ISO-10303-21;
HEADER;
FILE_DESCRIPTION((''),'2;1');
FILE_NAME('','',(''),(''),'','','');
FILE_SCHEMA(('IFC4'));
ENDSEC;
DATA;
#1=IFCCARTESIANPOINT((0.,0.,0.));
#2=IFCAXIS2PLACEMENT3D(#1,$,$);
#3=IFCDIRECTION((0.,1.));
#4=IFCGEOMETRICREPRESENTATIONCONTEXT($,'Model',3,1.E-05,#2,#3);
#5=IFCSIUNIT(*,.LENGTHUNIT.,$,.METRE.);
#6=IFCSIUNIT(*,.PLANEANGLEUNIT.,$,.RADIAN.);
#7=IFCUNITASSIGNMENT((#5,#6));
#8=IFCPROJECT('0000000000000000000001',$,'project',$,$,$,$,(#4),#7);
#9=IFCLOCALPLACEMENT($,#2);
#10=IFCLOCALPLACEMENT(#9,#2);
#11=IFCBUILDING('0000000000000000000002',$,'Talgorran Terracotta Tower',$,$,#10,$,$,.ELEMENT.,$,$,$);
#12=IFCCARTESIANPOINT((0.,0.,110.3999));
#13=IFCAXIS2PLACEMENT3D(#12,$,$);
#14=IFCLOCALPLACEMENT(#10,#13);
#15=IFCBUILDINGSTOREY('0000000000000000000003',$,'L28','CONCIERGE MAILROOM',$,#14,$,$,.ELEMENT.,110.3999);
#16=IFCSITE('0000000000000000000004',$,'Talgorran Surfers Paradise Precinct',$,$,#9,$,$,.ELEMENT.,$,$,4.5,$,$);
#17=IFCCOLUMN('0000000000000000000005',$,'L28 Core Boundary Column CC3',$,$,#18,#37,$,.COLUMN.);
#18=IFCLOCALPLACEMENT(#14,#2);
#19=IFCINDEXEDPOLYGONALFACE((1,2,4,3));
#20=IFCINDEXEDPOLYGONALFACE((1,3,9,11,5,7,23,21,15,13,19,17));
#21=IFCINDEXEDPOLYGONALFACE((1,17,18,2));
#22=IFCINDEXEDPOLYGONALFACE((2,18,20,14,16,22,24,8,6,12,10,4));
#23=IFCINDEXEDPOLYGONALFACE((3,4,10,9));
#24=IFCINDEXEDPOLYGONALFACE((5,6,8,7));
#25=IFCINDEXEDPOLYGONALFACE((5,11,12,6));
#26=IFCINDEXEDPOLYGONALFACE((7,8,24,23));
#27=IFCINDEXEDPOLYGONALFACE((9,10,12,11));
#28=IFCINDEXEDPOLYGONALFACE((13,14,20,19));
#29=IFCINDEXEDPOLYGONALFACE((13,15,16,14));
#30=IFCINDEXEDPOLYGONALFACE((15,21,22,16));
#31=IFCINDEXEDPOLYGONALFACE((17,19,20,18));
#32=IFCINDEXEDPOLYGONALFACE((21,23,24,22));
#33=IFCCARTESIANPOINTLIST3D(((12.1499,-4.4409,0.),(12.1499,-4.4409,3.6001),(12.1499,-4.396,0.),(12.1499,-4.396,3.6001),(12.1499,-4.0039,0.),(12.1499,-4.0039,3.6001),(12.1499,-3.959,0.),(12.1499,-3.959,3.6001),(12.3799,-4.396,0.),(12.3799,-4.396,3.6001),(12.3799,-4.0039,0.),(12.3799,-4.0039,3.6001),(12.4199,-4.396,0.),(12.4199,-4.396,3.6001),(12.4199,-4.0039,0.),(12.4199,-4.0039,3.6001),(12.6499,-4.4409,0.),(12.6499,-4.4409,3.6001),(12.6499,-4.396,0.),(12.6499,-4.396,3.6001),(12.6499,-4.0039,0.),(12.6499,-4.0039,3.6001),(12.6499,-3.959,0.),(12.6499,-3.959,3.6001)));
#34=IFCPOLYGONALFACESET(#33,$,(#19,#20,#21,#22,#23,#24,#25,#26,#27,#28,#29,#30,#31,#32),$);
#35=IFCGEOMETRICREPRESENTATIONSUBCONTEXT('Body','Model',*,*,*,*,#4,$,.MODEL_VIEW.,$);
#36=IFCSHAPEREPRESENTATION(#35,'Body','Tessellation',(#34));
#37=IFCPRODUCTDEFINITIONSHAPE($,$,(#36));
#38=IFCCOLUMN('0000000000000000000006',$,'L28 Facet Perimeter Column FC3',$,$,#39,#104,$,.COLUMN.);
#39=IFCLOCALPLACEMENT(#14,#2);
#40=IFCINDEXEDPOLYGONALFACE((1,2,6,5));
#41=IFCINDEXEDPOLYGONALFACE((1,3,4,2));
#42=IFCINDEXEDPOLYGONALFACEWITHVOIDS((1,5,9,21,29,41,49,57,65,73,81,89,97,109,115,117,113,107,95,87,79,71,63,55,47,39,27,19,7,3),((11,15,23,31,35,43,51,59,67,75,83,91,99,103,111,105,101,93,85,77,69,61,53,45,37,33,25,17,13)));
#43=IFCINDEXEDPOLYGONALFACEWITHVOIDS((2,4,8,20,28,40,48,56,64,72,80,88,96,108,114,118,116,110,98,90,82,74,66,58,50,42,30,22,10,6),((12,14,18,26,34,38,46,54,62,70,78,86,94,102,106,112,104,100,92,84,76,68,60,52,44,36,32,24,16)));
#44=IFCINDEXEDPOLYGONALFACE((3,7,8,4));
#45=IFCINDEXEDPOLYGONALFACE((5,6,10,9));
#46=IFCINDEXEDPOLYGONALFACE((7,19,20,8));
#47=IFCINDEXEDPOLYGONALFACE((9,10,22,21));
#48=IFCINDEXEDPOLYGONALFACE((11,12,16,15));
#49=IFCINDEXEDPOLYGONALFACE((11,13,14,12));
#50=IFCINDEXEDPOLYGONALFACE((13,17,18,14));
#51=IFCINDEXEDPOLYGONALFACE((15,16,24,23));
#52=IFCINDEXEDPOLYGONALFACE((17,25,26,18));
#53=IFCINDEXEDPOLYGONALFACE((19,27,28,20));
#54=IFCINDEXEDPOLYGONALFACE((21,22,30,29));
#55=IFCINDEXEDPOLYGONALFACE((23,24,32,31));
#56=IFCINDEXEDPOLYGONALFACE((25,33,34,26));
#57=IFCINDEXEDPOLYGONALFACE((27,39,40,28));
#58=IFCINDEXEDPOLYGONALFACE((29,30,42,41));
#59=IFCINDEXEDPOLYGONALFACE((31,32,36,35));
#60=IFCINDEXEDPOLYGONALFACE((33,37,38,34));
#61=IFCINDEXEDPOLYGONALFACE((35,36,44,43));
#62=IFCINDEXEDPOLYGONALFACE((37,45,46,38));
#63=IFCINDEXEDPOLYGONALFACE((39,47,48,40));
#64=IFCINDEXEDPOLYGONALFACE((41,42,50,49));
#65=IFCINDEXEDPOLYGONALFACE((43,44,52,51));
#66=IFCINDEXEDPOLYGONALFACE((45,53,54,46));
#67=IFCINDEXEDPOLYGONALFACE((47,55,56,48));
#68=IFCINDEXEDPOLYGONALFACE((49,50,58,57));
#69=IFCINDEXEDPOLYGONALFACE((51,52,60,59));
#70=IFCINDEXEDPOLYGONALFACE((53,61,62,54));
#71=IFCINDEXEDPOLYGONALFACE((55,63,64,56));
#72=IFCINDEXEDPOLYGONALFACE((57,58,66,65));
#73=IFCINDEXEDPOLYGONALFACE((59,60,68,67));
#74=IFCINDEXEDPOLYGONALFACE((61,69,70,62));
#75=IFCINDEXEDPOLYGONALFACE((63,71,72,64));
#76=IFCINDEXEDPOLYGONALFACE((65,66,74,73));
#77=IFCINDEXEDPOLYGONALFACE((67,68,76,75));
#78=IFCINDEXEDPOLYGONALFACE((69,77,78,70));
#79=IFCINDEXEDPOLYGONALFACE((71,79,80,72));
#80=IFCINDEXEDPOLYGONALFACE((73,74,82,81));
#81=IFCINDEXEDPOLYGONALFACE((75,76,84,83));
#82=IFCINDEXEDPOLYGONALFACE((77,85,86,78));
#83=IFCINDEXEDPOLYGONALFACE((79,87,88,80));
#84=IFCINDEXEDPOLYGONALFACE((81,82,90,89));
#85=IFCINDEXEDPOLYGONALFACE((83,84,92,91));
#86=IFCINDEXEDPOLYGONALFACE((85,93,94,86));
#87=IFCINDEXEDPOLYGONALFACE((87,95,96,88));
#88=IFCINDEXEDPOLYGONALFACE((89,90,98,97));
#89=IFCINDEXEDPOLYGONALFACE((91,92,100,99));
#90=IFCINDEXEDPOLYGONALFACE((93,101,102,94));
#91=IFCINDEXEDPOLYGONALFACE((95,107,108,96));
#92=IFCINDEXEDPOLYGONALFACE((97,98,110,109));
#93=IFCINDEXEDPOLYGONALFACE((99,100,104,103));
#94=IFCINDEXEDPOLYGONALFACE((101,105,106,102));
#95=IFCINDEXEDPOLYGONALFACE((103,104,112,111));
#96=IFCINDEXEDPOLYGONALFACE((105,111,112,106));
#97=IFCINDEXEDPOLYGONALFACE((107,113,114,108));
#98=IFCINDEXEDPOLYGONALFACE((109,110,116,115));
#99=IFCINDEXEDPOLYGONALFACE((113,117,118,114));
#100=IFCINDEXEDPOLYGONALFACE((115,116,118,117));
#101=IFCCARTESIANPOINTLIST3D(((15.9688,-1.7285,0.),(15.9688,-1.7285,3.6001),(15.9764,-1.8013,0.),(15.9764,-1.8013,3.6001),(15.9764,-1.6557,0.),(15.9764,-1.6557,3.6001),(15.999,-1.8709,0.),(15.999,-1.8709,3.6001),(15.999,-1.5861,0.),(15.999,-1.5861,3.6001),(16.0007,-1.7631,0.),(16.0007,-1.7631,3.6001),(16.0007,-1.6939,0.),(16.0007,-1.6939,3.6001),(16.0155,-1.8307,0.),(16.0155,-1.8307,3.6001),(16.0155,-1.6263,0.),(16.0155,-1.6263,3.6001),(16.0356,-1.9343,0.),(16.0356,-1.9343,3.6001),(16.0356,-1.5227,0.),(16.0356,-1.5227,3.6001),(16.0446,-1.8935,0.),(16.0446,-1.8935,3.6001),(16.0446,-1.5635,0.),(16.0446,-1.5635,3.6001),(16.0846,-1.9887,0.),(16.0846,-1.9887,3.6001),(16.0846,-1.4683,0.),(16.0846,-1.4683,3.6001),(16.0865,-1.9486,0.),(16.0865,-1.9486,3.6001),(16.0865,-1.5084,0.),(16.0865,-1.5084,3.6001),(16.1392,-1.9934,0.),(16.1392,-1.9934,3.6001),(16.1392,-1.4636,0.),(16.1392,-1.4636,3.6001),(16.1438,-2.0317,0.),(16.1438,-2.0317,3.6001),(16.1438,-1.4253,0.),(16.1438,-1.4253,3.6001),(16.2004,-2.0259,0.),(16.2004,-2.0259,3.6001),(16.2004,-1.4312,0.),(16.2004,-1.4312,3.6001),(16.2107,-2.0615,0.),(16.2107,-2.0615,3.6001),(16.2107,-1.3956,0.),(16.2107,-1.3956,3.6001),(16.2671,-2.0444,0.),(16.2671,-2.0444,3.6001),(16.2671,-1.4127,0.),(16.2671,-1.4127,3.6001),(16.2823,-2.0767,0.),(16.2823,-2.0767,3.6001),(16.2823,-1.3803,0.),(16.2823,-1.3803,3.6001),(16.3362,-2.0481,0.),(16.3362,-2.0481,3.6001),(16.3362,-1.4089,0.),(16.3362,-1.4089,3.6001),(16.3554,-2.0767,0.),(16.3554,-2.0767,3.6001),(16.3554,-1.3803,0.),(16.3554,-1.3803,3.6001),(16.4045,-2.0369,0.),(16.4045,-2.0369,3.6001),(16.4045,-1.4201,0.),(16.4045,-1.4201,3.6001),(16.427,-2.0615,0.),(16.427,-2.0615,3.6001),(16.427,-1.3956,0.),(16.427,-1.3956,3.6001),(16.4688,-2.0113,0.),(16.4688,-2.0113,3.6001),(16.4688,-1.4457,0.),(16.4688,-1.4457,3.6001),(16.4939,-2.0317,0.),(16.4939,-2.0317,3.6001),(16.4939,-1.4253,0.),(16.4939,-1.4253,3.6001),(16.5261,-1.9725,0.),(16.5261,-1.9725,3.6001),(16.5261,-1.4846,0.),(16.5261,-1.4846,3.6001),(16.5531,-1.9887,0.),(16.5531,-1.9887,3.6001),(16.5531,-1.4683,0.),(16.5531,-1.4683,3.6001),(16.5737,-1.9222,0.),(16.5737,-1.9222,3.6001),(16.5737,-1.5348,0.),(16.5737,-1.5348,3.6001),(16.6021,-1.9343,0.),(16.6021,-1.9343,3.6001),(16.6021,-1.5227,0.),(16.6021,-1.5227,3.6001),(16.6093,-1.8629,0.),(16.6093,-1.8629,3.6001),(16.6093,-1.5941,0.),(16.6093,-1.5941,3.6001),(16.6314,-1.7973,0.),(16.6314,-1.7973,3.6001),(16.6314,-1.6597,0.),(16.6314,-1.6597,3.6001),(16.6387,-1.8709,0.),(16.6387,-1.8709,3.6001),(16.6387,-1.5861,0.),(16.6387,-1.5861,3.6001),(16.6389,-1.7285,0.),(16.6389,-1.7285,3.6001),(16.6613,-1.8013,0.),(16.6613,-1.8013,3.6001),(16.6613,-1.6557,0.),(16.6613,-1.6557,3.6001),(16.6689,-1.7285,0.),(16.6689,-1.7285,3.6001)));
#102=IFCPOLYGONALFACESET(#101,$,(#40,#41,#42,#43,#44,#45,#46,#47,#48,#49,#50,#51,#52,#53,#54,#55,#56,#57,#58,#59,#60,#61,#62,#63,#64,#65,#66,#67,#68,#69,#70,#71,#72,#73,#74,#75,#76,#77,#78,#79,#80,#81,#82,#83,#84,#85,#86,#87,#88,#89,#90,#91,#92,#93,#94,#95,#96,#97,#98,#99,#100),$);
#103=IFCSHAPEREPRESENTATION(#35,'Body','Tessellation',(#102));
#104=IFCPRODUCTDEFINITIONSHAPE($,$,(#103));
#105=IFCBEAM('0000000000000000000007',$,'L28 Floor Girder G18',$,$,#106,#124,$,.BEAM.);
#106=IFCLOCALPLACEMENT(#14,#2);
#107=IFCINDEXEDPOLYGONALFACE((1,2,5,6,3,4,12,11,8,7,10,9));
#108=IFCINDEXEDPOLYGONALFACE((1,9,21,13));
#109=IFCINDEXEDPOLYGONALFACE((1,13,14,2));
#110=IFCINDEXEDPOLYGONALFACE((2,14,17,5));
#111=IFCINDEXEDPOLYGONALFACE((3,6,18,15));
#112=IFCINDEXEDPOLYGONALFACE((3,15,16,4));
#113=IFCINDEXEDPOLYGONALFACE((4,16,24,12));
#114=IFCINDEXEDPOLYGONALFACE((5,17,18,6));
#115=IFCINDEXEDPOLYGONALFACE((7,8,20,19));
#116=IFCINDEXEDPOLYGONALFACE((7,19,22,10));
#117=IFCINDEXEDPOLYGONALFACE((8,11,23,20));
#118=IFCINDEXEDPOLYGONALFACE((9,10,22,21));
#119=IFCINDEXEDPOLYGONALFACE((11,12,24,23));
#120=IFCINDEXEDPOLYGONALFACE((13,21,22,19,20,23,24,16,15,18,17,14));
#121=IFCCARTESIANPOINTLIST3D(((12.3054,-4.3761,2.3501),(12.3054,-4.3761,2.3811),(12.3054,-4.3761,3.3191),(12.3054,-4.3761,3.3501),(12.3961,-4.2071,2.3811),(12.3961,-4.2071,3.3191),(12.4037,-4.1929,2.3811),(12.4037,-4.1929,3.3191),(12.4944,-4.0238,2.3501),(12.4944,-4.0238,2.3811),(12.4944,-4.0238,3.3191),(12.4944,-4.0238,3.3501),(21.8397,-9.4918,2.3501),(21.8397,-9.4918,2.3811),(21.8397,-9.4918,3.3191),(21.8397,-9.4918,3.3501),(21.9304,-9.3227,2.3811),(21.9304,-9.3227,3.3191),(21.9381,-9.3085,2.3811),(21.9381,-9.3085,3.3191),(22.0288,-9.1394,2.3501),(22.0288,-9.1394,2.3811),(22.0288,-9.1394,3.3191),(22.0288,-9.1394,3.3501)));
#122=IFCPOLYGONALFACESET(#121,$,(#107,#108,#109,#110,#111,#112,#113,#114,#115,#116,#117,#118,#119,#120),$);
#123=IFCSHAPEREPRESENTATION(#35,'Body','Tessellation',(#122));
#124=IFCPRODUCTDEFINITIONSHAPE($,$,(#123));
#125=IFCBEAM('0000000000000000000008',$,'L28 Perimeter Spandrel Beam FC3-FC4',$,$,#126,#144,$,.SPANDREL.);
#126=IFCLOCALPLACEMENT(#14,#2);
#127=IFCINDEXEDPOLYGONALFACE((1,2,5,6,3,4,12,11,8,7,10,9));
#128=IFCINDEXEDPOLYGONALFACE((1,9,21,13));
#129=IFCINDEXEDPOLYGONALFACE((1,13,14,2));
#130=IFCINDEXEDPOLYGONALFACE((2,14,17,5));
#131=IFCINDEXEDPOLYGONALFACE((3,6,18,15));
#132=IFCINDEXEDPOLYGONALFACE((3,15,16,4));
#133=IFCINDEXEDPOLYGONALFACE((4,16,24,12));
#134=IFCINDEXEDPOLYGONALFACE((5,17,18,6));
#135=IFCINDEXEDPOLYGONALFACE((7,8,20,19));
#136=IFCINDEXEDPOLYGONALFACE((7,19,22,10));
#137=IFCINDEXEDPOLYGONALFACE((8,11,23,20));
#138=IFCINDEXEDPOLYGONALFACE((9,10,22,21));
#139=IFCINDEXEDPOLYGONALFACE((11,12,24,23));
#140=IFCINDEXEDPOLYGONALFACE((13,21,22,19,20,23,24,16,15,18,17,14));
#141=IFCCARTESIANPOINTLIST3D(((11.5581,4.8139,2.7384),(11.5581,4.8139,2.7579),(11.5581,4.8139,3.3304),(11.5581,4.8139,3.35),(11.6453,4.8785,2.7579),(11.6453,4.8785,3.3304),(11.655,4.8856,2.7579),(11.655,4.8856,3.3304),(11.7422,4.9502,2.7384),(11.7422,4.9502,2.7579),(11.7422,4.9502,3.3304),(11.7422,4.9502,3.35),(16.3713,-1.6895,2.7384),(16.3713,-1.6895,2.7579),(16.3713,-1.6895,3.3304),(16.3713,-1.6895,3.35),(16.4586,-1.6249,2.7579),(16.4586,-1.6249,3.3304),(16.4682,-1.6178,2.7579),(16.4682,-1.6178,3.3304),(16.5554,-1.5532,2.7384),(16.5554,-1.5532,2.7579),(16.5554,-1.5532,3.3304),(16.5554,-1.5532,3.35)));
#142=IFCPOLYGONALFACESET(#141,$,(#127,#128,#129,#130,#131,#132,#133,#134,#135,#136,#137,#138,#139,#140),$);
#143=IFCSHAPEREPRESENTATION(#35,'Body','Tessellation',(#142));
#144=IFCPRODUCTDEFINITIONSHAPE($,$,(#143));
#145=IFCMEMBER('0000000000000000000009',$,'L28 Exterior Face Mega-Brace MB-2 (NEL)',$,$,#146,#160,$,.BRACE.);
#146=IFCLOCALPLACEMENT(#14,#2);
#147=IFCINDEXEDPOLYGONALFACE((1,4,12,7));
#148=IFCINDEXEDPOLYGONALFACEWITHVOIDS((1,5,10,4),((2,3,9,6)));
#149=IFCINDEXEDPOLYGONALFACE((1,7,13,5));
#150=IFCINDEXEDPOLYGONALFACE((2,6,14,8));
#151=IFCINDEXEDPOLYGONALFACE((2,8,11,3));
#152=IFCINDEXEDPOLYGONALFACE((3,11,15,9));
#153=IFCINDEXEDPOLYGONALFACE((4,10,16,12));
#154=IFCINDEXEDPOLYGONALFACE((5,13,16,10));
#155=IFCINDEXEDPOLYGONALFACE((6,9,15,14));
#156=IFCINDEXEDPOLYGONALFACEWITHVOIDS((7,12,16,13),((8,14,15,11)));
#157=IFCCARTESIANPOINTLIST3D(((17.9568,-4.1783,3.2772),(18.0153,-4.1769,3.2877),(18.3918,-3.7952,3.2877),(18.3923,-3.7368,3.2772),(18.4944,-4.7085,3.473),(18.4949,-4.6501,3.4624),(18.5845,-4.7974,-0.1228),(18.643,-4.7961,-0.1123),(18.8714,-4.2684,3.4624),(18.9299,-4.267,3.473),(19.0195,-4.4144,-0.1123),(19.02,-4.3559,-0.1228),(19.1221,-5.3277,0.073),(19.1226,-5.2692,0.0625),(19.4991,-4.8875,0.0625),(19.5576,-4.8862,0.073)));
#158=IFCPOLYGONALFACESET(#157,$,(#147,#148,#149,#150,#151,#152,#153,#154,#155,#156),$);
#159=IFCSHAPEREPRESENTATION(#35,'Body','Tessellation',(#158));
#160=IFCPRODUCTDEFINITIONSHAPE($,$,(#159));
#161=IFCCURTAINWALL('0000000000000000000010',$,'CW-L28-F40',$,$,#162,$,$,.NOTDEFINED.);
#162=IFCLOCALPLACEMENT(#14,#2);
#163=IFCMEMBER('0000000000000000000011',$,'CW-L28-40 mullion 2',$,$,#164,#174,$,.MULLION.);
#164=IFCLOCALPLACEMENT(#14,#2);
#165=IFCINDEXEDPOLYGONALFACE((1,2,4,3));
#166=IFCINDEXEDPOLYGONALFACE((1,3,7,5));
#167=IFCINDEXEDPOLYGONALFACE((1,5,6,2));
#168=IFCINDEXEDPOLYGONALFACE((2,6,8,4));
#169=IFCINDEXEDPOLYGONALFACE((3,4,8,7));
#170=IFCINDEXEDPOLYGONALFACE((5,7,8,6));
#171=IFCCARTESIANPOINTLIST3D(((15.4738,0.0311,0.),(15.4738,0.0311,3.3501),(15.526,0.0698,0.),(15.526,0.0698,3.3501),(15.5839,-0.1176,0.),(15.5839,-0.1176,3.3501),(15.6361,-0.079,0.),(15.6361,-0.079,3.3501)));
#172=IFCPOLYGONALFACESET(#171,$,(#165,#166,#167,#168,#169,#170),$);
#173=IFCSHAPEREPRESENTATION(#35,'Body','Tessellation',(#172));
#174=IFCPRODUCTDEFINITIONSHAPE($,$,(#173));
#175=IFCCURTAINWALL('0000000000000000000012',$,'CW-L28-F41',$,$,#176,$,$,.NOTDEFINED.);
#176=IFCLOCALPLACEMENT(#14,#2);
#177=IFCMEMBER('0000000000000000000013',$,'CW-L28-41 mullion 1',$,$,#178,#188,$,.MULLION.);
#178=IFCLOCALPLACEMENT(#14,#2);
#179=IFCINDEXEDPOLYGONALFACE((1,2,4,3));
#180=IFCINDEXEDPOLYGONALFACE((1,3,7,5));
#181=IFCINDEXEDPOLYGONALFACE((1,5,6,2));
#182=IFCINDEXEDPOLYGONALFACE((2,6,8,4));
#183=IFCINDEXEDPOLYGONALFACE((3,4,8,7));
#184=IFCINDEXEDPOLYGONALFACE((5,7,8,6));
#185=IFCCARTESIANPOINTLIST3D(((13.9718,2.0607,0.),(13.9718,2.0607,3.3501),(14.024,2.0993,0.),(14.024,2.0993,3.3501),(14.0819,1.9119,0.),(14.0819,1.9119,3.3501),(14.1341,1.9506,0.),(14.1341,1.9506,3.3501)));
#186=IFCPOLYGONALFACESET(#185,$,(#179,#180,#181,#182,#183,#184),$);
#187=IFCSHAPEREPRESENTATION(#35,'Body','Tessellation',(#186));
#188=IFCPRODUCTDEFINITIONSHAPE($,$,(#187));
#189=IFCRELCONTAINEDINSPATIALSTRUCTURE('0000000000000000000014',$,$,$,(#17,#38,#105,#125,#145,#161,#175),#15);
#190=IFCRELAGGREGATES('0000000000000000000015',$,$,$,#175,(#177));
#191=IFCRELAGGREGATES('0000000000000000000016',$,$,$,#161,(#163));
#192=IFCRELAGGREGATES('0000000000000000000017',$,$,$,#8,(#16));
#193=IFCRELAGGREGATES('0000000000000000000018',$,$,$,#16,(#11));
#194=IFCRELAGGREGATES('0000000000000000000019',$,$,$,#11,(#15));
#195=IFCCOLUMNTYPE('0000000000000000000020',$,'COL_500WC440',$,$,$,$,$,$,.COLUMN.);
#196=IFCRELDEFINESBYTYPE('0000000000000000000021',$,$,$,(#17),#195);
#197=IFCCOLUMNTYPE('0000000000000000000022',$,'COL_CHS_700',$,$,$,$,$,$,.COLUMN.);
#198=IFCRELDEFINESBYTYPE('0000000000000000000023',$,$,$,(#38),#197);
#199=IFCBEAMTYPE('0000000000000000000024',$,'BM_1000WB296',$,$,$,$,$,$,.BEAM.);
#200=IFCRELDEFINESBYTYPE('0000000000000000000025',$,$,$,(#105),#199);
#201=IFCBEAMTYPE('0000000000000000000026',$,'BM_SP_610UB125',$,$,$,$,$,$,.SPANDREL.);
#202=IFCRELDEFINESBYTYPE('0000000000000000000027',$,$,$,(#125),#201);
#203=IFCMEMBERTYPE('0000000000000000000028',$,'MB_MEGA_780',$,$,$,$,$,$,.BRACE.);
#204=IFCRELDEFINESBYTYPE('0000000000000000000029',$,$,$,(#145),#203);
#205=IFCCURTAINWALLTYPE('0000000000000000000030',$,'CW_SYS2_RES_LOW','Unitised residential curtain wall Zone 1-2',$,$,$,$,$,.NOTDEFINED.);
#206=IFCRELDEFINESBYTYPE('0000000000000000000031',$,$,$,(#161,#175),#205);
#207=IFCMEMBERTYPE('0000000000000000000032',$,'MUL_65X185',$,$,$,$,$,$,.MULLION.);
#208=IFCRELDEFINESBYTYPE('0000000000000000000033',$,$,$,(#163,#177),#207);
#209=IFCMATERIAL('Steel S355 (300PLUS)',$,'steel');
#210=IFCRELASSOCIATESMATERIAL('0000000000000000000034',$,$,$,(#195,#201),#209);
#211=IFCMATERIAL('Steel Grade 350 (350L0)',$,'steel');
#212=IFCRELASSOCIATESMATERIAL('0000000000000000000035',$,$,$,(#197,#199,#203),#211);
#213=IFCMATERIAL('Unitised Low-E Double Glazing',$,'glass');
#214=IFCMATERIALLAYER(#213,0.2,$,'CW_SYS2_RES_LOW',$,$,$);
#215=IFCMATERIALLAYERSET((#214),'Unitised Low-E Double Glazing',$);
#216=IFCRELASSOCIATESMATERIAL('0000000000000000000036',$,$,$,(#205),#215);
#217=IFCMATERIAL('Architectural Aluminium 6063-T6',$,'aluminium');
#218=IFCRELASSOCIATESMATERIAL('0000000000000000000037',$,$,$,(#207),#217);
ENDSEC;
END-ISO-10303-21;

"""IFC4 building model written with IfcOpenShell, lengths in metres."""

from ifc_helpers import new_model, si_unit, direction, frame, origin, origin_2d, place, context, subcontext, project, spatial, rectangle, hollow_rectangle, hollow_circle, i_section, extrude, material, layer, layer_set, material_profile, profile_set, type_object, element, aggregate, save


model = new_model("IFC4")

# Units and contexts
model_context = context("Model", 3, precision=1e-05, world=origin(), true_north=direction((0.0, 1.0)))
body_context = subcontext(model_context, "Body", "Model", "MODEL_VIEW")
ifc_project = project(units=[si_unit("LENGTHUNIT", "METRE"), si_unit("PLANEANGLEUNIT", "RADIAN")], contexts=[model_context])

# Site, building, storey
site_placement = place(None, origin())
site = spatial("IfcSite", under=ifc_project, at=site_placement, Name="Talgorran Surfers Paradise Precinct", CompositionType="ELEMENT", RefElevation=4.5)
building_placement = place(site_placement, origin())
building = spatial("IfcBuilding", under=site, at=building_placement, Name="Talgorran Terracotta Tower", CompositionType="ELEMENT")
storey_placement = place(building_placement, frame((0.0, 0.0, 110.3999)))
storey = spatial("IfcBuildingStorey", under=building, at=storey_placement, Name="L28", Description="CONCIERGE MAILROOM", CompositionType="ELEMENT", Elevation=110.3999)

# Columns
ifc_material_1 = material(Name="Steel S355 (300PLUS)", Category="steel")
ifc_material_profile_1 = material_profile(ifc_material_1, i_section(OverallWidth=0.5, OverallDepth=0.4819, WebThickness=0.04, FlangeThickness=0.0449, at=origin_2d()), Name="500WC440")
ifc_profile_set_1 = profile_set([ifc_material_profile_1], Name="Steel S355 (300PLUS)")
column_type_1 = type_object("IfcColumnType", Name="COL_500WC440", PredefinedType="COLUMN", material=ifc_profile_set_1)
column_1_placement = place(storey_placement, frame((12.3999, -4.2, 0.0), z_axis=(0.0, 0.0, 1.0), x_axis=(1.0, 0.0, 0.0)))
element("IfcColumn", 1, at=column_1_placement, inside=storey, type_object=column_type_1, Name="L28 Core Boundary Column CC3", PredefinedType="COLUMN", context=body_context, shape_type="SweptSolid", body=[
    extrude(i_section(OverallWidth=0.5, OverallDepth=0.4819, WebThickness=0.04, FlangeThickness=0.0449, at=origin_2d()), origin(), (0.0, 0.0, 1.0), 3.6001),
])
ifc_material_2 = material(Name="Steel Grade 350 (350L0)", Category="steel")
ifc_material_profile_2 = material_profile(ifc_material_2, hollow_circle(Radius=0.3501, WallThickness=0.03, at=origin_2d()), Name="CHS700X30")
ifc_profile_set_2 = profile_set([ifc_material_profile_2], Name="Steel Grade 350 (350L0)")
column_type_2 = type_object("IfcColumnType", Name="COL_CHS_700", PredefinedType="COLUMN", material=ifc_profile_set_2)
column_2_placement = place(storey_placement, frame((16.3188, -1.7285, 0.0), z_axis=(0.0, 0.0, 1.0), x_axis=(1.0, 0.0, 0.0)))
element("IfcColumn", 2, at=column_2_placement, inside=storey, type_object=column_type_2, Name="L28 Facet Perimeter Column FC3", PredefinedType="COLUMN", context=body_context, shape_type="SweptSolid", body=[
    extrude(hollow_circle(Radius=0.3501, WallThickness=0.03, at=origin_2d()), origin(), (0.0, 0.0, 1.0), 3.6001),
])

# Beams
ifc_material_profile_3 = material_profile(ifc_material_2, i_section(OverallWidth=0.3999, OverallDepth=1.0, WebThickness=0.0161, FlangeThickness=0.031, at=origin_2d()), Name="1000WB296")
ifc_profile_set_3 = profile_set([ifc_material_profile_3], Name="Steel Grade 350 (350L0)")
beam_type_1 = type_object("IfcBeamType", Name="BM_1000WB296", PredefinedType="BEAM", material=ifc_profile_set_3)
beam_1_placement = place(storey_placement, frame((12.3999, -4.2, 2.8501), z_axis=(0.881172, -0.472795, 0.0), x_axis=(0.472795, 0.881172, 0.0)))
element("IfcBeam", 3, at=beam_1_placement, inside=storey, type_object=beam_type_1, Name="L28 Floor Girder G18", PredefinedType="BEAM", context=body_context, shape_type="SweptSolid", body=[
    extrude(i_section(OverallWidth=0.3999, OverallDepth=1.0, WebThickness=0.0161, FlangeThickness=0.031, at=origin_2d()), origin(), (0.0, 0.0, 1.0), 10.8201),
])
ifc_material_profile_4 = material_profile(ifc_material_1, i_section(OverallWidth=0.229, OverallDepth=0.6116, WebThickness=0.012, FlangeThickness=0.0195, at=origin_2d()), Name="610UB125")
ifc_profile_set_4 = profile_set([ifc_material_profile_4], Name="Steel S355 (300PLUS)")
beam_type_2 = type_object("IfcBeamType", Name="BM_SP_610UB125", PredefinedType="SPANDREL", material=ifc_profile_set_4)
beam_2_placement = place(storey_placement, frame((16.4634, -1.6213, 3.0442), z_axis=(-0.594899, 0.8038, 0.0), x_axis=(-0.8038, -0.594899, 0.0)))
element("IfcBeam", 4, at=beam_2_placement, inside=storey, type_object=beam_type_2, Name="L28 Perimeter Spandrel Beam FC3-FC4", PredefinedType="SPANDREL", context=body_context, shape_type="SweptSolid", body=[
    extrude(i_section(OverallWidth=0.229, OverallDepth=0.6116, WebThickness=0.012, FlangeThickness=0.0195, at=origin_2d()), origin(), (0.0, 0.0, 1.0), 8.0908),
])

# Member
ifc_material_profile_5 = material_profile(ifc_material_2, hollow_rectangle(XDim=0.6201, YDim=0.78, WallThickness=0.042, at=origin_2d()), Name="WBOX780X620X42")
ifc_profile_set_5 = profile_set([ifc_material_profile_5], Name="Steel Grade 350 (350L0)")
member_type_1 = type_object("IfcMemberType", Name="MB_MEGA_780", PredefinedType="BRACE", material=ifc_profile_set_5)
member_1_placement = place(storey_placement, frame((19.071, -4.8418, -0.0249), z_axis=(-0.178708, 0.176275, 0.967983), x_axis=(-0.702244, -0.711936, 0.0)))
element("IfcMember", 5, at=member_1_placement, inside=storey, type_object=member_type_1, Name="L28 Exterior Face Mega-Brace MB-2 (NEL)", PredefinedType="BRACE", context=body_context, shape_type="SweptSolid", body=[
    extrude(hollow_rectangle(XDim=0.6201, YDim=0.78, WallThickness=0.042, at=origin_2d()), origin(), (0.0, 0.0, 1.0), 3.5125),
])

# Curtain walls, members
ifc_material_3 = material(Name="Unitised Low-E Double Glazing", Category="glass")
ifc_layer_1 = layer(ifc_material_3, 0.2, Name="CW_SYS2_RES_LOW")
ifc_layer_set_1 = layer_set([ifc_layer_1], Name="Unitised Low-E Double Glazing")
curtain_wall_type = type_object("IfcCurtainWallType", Name="CW_SYS2_RES_LOW", Description="Unitised residential curtain wall Zone 1-2", PredefinedType="NOTDEFINED", material=ifc_layer_set_1)
curtain_wall_1_placement = place(storey_placement, origin())
curtain_wall_1 = element("IfcCurtainWall", 6, at=curtain_wall_1_placement, inside=storey, type_object=curtain_wall_type, Name="CW-L28-F40", PredefinedType="NOTDEFINED")
ifc_material_4 = material(Name="Architectural Aluminium 6063-T6", Category="aluminium")
ifc_material_profile_6 = material_profile(ifc_material_4, rectangle(XDim=0.0649, YDim=0.1851, at=origin_2d()), Name="CWM65X185")
ifc_profile_set_6 = profile_set([ifc_material_profile_6], Name="Architectural Aluminium 6063-T6")
member_type_2 = type_object("IfcMemberType", Name="MUL_65X185", PredefinedType="MULLION", material=ifc_profile_set_6)
member_2_placement = place(storey_placement, frame((15.5549, -0.0239, 0.0), z_axis=(0.0, 0.0, 1.0), x_axis=(-0.803795, -0.594906, 0.0)))
member_2 = element("IfcMember", 7, at=member_2_placement, type_object=member_type_2, Name="CW-L28-40 mullion 2", PredefinedType="MULLION", context=body_context, shape_type="SweptSolid", body=[
    extrude(rectangle(XDim=0.0649, YDim=0.1851, at=origin_2d()), origin(), (0.0, 0.0, 1.0), 3.3501),
])
curtain_wall_2_placement = place(storey_placement, origin())
curtain_wall_2 = element("IfcCurtainWall", 8, at=curtain_wall_2_placement, inside=storey, type_object=curtain_wall_type, Name="CW-L28-F41", PredefinedType="NOTDEFINED")
member_3_placement = place(storey_placement, frame((14.053, 2.0056, 0.0), z_axis=(0.0, 0.0, 1.0), x_axis=(-0.803793, -0.594909, 0.0)))
member_3 = element("IfcMember", 9, at=member_3_placement, type_object=member_type_2, Name="CW-L28-41 mullion 1", PredefinedType="MULLION", context=body_context, shape_type="SweptSolid", body=[
    extrude(rectangle(XDim=0.0649, YDim=0.1851, at=origin_2d()), origin(), (0.0, 0.0, 1.0), 3.3501),
])
aggregate(curtain_wall_2, [member_3])

aggregate(curtain_wall_1, [member_2])

save(model, "model.ifc")
